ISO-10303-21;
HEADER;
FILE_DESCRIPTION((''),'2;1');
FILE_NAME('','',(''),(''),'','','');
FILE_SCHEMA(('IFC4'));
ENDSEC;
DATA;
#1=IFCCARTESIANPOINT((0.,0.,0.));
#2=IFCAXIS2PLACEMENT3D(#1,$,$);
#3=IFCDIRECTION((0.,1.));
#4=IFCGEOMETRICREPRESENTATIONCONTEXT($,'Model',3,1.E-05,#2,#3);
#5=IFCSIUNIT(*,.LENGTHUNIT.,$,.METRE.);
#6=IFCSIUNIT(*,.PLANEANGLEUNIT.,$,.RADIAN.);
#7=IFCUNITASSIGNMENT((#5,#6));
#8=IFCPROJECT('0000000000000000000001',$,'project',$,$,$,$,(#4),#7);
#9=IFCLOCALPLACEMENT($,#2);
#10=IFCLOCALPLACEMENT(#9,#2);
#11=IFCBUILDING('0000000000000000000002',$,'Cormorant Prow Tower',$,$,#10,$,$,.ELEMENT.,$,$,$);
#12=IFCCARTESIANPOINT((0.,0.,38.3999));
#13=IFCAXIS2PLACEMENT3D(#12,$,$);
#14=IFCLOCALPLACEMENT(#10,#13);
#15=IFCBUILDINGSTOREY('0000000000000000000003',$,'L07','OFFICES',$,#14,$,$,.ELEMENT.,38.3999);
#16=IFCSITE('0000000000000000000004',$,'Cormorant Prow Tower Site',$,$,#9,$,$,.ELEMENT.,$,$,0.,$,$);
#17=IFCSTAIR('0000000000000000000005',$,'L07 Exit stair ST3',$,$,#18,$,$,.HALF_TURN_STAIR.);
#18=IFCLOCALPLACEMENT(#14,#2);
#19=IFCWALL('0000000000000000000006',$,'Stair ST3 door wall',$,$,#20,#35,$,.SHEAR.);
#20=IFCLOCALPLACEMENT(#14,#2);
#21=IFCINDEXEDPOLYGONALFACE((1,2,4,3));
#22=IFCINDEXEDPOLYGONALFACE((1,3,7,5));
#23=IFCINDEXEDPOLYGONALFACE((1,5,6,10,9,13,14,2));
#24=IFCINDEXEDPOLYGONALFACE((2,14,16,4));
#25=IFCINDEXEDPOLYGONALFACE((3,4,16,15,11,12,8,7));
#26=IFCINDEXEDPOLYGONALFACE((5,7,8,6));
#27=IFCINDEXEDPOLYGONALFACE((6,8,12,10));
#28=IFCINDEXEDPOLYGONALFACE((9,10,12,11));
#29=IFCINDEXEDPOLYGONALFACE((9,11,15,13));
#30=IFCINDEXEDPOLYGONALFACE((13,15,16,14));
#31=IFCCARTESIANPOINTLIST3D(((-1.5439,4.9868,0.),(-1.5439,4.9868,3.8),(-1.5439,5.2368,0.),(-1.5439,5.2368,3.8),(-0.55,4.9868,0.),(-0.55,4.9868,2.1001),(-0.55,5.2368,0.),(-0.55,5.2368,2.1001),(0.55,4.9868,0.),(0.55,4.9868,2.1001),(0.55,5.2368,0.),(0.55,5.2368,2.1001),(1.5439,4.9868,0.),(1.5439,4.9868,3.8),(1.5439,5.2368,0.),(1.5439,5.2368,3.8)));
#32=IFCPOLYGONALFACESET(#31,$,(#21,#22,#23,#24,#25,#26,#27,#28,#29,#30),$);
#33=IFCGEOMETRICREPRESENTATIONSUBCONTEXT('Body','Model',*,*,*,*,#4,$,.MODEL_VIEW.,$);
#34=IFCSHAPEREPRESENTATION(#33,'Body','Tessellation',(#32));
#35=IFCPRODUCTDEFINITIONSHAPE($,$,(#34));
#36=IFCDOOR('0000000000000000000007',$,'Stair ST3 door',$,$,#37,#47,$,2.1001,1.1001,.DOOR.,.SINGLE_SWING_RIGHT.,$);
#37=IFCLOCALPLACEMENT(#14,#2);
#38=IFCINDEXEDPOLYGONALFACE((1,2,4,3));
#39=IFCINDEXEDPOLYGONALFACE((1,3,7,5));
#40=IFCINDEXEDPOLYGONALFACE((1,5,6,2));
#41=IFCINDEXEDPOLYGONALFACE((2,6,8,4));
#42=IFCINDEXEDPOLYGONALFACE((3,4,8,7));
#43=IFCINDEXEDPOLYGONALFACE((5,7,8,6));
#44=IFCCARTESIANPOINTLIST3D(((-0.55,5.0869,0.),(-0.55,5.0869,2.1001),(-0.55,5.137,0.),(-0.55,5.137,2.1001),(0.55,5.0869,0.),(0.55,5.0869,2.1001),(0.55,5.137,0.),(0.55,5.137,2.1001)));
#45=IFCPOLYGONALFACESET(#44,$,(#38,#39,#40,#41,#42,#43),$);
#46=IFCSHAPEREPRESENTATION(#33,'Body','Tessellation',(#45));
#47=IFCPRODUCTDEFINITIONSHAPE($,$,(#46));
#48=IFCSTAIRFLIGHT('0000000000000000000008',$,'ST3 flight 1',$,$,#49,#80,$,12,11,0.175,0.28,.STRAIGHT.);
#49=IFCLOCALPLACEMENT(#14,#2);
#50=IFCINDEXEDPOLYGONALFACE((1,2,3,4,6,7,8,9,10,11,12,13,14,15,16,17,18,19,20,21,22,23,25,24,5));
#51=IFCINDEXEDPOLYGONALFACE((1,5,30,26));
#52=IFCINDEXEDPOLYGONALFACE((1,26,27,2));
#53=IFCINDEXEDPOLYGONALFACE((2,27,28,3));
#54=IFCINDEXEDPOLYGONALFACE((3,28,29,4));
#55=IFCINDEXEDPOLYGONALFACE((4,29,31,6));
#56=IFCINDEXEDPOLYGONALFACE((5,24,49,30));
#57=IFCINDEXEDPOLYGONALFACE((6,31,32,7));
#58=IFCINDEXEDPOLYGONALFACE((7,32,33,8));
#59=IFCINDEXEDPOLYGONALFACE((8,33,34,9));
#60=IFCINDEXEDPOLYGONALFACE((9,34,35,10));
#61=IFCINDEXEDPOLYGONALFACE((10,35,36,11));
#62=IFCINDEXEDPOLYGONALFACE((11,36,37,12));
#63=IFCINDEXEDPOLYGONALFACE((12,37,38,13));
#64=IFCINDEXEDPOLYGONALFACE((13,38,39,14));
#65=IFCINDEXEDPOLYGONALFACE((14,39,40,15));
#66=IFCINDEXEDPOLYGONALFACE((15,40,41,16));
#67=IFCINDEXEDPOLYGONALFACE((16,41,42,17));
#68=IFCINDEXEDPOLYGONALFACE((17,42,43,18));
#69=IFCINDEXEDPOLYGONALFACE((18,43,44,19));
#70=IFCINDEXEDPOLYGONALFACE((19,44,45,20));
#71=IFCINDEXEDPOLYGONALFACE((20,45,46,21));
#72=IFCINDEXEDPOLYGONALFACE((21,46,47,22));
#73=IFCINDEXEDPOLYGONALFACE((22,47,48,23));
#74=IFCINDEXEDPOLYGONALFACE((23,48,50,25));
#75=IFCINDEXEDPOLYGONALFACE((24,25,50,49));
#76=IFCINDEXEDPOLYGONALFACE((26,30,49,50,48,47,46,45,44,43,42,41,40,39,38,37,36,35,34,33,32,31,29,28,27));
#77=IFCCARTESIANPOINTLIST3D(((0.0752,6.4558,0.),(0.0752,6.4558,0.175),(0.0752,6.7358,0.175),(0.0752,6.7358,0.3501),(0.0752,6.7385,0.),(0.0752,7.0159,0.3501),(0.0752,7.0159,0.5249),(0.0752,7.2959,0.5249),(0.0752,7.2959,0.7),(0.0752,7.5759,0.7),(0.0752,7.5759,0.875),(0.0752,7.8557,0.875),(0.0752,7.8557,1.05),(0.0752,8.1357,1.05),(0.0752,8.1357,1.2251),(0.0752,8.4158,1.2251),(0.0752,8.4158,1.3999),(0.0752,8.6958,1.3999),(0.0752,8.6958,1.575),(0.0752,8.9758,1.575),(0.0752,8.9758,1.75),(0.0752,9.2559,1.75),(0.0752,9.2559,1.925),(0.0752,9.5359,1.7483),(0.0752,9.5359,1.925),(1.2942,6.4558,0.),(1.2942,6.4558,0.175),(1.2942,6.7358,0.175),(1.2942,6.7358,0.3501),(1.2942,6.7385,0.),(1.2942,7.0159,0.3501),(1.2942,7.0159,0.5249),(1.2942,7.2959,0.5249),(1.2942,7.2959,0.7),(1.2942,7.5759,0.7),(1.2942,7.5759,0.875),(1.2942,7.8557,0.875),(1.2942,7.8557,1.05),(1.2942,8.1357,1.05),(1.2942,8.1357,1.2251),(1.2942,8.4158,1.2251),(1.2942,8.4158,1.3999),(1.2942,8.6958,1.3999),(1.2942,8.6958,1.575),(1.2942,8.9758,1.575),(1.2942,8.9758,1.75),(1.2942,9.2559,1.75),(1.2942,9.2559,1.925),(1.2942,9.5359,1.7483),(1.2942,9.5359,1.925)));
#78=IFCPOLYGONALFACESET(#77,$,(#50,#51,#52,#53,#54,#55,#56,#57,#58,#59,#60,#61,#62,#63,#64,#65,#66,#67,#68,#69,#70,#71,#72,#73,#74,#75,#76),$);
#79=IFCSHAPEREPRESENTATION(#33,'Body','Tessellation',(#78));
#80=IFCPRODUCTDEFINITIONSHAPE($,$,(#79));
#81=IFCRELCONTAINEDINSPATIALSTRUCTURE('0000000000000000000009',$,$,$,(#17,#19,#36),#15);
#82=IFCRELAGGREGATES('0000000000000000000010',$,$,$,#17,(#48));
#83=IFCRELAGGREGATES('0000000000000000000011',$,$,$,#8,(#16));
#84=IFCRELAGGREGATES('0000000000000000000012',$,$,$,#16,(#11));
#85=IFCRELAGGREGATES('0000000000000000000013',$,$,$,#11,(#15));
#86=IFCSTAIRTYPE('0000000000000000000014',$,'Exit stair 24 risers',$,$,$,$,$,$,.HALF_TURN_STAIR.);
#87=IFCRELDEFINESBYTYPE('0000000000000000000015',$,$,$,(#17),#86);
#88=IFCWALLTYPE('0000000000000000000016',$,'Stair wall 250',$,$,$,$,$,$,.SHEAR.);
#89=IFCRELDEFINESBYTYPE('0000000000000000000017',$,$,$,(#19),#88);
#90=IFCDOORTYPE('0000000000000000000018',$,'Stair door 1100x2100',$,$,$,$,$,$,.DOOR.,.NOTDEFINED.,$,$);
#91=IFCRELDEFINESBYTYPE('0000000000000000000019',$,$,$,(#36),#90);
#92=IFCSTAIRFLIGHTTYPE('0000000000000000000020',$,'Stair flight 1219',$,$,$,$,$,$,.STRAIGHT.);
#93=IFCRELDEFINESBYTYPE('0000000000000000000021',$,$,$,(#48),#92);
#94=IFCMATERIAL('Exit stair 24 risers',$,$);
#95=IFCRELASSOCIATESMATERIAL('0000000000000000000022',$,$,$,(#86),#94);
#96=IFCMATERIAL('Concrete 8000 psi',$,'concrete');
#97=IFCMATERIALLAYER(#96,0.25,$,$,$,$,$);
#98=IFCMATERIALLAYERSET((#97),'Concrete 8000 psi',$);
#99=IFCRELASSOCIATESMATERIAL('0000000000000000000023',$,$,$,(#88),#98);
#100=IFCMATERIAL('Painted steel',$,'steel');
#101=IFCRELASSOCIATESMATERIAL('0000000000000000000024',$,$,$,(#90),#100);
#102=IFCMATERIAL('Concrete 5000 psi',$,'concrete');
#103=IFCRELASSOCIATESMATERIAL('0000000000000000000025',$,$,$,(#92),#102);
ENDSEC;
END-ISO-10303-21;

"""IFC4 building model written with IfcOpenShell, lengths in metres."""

from ifc_helpers import new_model, si_unit, direction, frame, frame_2d, origin, place, context, subcontext, project, spatial, polyline, rectangle, outline, extrude, material, layer, layer_set, type_object, element, fill, aggregate, save


model = new_model("IFC4")

# Units and contexts
model_context = context("Model", 3, precision=1e-05, world=origin(), true_north=direction((0.0, 1.0)))
body_context = subcontext(model_context, "Body", "Model", "MODEL_VIEW")
ifc_project = project(units=[si_unit("LENGTHUNIT", "METRE"), si_unit("PLANEANGLEUNIT", "RADIAN")], contexts=[model_context])

# Site, building, storey
site_placement = place(None, origin())
site = spatial("IfcSite", under=ifc_project, at=site_placement, Name="Cormorant Prow Tower Site", CompositionType="ELEMENT", RefElevation=0.0)
building_placement = place(site_placement, origin())
building = spatial("IfcBuilding", under=site, at=building_placement, Name="Cormorant Prow Tower", CompositionType="ELEMENT")
storey_placement = place(building_placement, frame((0.0, 0.0, 38.3999)))
storey = spatial("IfcBuildingStorey", under=building, at=storey_placement, Name="L07", Description="OFFICES", CompositionType="ELEMENT", Elevation=38.3999)

# Stair
ifc_material_1 = material(Name="Exit stair 24 risers")
stair_type = type_object("IfcStairType", Name="Exit stair 24 risers", PredefinedType="HALF_TURN_STAIR", material=ifc_material_1)
stair_1_placement = place(storey_placement, origin())
stair_1 = element("IfcStair", 1, at=stair_1_placement, inside=storey, type_object=stair_type, Name="L07 Exit stair ST3", PredefinedType="HALF_TURN_STAIR")

# Shared definitions
ifc_material_2 = material(Name="Concrete 8000 psi", Category="concrete")
ifc_layer_1 = layer(ifc_material_2, 0.25)
ifc_layer_set_1 = layer_set([ifc_layer_1], Name="Concrete 8000 psi")
wall_type_1 = type_object("IfcWallType", Name="Stair wall 250", PredefinedType="SHEAR", material=ifc_layer_set_1)

# Wall, opening, door
wall_1_placement = place(storey_placement, frame((1.5439, 5.1118, 0.0), z_axis=(0.0, 0.0, 1.0), x_axis=(-1.0, 0.0, 0.0)))
wall_1 = element("IfcWall", 2, at=wall_1_placement, inside=storey, type_object=wall_type_1, Name="Stair ST3 door wall", PredefinedType="SHEAR", context=body_context, shape_type="SweptSolid", body=[
    extrude(rectangle(XDim=3.0879, YDim=0.25, at=frame_2d((1.5439, 0.0))), origin(), (0.0, 0.0, 1.0), 3.8),
])
opening_placement = place(wall_1_placement, frame((0.9939, 0.0, 0.0)))
opening = element("IfcOpeningElement", 3, at=opening_placement, cuts=wall_1, PredefinedType="OPENING", context=body_context, shape_type="SweptSolid", body=[
    extrude(rectangle(XDim=1.1001, YDim=2.1001, at=frame_2d((0.55, 1.05))), frame((0.0, 0.135, 0.0), z_axis=(0.0, -1.0, 0.0), x_axis=(1.0, 0.0, 0.0)), (0.0, 0.0, 1.0), 0.27),
])
ifc_material_3 = material(Name="Painted steel", Category="steel")
door_type = type_object("IfcDoorType", Name="Stair door 1100x2100", OperationType="NOTDEFINED", PredefinedType="DOOR", material=ifc_material_3)
door_placement = place(opening_placement, origin())
door = element("IfcDoor", 4, at=door_placement, inside=storey, type_object=door_type, Name="Stair ST3 door", OperationType="SINGLE_SWING_RIGHT", OverallHeight=2.1001, OverallWidth=1.1001, PredefinedType="DOOR", context=body_context, shape_type="SweptSolid", body=[
    extrude(rectangle(XDim=1.1001, YDim=2.1001, at=frame_2d((0.55, 1.05))), frame((0.0, 0.0249, 0.0), z_axis=(0.0, -1.0, 0.0), x_axis=(1.0, 0.0, 0.0)), (0.0, 0.0, 1.0), 0.05),
])
fill(opening, door)

# Stair flight
ifc_material_4 = material(Name="Concrete 5000 psi", Category="concrete")
stair_flight_type = type_object("IfcStairFlightType", Name="Stair flight 1219", PredefinedType="STRAIGHT", material=ifc_material_4)
stair_flight_placement = place(storey_placement, frame((0.6846, 6.4558, 0.0), z_axis=(0.0, 0.0, 1.0), x_axis=(0.0, 1.0, 0.0)))
stair_flight = element("IfcStairFlight", 5, at=stair_flight_placement, type_object=stair_flight_type, Name="ST3 flight 1", NumberOfRisers=12, NumberOfTreads=11, PredefinedType="STRAIGHT", RiserHeight=0.175, TreadLength=0.28, context=body_context, shape_type="SweptSolid", body=[
    extrude(outline(polyline([(0.0, 0.0), (0.0, 0.175), (0.28, 0.175), (0.28, 0.3501), (0.5601, 0.3501), (0.5601, 0.5249), (0.8401, 0.5249), (0.8401, 0.7), (1.1201, 0.7), (1.1201, 0.875), (1.3999, 0.875), (1.3999, 1.05), (1.6799, 1.05), (1.6799, 1.2251), (1.96, 1.2251), (1.96, 1.3999), (2.24, 1.3999), (2.24, 1.575), (2.52, 1.575), (2.52, 1.75), (2.8, 1.75), (2.8, 1.925), (3.0801, 1.925), (3.0801, 2.1001), (3.0801, 1.7483), (0.2827, 0.0), (0.0, 0.0)])), frame((0.0, 0.6094, 0.0), z_axis=(0.0, -1.0, 0.0), x_axis=(1.0, 0.0, 0.0)), (0.0, 0.0, 1.0), 1.219),
])
aggregate(stair_1, [stair_flight])

save(model, "model.ifc")
